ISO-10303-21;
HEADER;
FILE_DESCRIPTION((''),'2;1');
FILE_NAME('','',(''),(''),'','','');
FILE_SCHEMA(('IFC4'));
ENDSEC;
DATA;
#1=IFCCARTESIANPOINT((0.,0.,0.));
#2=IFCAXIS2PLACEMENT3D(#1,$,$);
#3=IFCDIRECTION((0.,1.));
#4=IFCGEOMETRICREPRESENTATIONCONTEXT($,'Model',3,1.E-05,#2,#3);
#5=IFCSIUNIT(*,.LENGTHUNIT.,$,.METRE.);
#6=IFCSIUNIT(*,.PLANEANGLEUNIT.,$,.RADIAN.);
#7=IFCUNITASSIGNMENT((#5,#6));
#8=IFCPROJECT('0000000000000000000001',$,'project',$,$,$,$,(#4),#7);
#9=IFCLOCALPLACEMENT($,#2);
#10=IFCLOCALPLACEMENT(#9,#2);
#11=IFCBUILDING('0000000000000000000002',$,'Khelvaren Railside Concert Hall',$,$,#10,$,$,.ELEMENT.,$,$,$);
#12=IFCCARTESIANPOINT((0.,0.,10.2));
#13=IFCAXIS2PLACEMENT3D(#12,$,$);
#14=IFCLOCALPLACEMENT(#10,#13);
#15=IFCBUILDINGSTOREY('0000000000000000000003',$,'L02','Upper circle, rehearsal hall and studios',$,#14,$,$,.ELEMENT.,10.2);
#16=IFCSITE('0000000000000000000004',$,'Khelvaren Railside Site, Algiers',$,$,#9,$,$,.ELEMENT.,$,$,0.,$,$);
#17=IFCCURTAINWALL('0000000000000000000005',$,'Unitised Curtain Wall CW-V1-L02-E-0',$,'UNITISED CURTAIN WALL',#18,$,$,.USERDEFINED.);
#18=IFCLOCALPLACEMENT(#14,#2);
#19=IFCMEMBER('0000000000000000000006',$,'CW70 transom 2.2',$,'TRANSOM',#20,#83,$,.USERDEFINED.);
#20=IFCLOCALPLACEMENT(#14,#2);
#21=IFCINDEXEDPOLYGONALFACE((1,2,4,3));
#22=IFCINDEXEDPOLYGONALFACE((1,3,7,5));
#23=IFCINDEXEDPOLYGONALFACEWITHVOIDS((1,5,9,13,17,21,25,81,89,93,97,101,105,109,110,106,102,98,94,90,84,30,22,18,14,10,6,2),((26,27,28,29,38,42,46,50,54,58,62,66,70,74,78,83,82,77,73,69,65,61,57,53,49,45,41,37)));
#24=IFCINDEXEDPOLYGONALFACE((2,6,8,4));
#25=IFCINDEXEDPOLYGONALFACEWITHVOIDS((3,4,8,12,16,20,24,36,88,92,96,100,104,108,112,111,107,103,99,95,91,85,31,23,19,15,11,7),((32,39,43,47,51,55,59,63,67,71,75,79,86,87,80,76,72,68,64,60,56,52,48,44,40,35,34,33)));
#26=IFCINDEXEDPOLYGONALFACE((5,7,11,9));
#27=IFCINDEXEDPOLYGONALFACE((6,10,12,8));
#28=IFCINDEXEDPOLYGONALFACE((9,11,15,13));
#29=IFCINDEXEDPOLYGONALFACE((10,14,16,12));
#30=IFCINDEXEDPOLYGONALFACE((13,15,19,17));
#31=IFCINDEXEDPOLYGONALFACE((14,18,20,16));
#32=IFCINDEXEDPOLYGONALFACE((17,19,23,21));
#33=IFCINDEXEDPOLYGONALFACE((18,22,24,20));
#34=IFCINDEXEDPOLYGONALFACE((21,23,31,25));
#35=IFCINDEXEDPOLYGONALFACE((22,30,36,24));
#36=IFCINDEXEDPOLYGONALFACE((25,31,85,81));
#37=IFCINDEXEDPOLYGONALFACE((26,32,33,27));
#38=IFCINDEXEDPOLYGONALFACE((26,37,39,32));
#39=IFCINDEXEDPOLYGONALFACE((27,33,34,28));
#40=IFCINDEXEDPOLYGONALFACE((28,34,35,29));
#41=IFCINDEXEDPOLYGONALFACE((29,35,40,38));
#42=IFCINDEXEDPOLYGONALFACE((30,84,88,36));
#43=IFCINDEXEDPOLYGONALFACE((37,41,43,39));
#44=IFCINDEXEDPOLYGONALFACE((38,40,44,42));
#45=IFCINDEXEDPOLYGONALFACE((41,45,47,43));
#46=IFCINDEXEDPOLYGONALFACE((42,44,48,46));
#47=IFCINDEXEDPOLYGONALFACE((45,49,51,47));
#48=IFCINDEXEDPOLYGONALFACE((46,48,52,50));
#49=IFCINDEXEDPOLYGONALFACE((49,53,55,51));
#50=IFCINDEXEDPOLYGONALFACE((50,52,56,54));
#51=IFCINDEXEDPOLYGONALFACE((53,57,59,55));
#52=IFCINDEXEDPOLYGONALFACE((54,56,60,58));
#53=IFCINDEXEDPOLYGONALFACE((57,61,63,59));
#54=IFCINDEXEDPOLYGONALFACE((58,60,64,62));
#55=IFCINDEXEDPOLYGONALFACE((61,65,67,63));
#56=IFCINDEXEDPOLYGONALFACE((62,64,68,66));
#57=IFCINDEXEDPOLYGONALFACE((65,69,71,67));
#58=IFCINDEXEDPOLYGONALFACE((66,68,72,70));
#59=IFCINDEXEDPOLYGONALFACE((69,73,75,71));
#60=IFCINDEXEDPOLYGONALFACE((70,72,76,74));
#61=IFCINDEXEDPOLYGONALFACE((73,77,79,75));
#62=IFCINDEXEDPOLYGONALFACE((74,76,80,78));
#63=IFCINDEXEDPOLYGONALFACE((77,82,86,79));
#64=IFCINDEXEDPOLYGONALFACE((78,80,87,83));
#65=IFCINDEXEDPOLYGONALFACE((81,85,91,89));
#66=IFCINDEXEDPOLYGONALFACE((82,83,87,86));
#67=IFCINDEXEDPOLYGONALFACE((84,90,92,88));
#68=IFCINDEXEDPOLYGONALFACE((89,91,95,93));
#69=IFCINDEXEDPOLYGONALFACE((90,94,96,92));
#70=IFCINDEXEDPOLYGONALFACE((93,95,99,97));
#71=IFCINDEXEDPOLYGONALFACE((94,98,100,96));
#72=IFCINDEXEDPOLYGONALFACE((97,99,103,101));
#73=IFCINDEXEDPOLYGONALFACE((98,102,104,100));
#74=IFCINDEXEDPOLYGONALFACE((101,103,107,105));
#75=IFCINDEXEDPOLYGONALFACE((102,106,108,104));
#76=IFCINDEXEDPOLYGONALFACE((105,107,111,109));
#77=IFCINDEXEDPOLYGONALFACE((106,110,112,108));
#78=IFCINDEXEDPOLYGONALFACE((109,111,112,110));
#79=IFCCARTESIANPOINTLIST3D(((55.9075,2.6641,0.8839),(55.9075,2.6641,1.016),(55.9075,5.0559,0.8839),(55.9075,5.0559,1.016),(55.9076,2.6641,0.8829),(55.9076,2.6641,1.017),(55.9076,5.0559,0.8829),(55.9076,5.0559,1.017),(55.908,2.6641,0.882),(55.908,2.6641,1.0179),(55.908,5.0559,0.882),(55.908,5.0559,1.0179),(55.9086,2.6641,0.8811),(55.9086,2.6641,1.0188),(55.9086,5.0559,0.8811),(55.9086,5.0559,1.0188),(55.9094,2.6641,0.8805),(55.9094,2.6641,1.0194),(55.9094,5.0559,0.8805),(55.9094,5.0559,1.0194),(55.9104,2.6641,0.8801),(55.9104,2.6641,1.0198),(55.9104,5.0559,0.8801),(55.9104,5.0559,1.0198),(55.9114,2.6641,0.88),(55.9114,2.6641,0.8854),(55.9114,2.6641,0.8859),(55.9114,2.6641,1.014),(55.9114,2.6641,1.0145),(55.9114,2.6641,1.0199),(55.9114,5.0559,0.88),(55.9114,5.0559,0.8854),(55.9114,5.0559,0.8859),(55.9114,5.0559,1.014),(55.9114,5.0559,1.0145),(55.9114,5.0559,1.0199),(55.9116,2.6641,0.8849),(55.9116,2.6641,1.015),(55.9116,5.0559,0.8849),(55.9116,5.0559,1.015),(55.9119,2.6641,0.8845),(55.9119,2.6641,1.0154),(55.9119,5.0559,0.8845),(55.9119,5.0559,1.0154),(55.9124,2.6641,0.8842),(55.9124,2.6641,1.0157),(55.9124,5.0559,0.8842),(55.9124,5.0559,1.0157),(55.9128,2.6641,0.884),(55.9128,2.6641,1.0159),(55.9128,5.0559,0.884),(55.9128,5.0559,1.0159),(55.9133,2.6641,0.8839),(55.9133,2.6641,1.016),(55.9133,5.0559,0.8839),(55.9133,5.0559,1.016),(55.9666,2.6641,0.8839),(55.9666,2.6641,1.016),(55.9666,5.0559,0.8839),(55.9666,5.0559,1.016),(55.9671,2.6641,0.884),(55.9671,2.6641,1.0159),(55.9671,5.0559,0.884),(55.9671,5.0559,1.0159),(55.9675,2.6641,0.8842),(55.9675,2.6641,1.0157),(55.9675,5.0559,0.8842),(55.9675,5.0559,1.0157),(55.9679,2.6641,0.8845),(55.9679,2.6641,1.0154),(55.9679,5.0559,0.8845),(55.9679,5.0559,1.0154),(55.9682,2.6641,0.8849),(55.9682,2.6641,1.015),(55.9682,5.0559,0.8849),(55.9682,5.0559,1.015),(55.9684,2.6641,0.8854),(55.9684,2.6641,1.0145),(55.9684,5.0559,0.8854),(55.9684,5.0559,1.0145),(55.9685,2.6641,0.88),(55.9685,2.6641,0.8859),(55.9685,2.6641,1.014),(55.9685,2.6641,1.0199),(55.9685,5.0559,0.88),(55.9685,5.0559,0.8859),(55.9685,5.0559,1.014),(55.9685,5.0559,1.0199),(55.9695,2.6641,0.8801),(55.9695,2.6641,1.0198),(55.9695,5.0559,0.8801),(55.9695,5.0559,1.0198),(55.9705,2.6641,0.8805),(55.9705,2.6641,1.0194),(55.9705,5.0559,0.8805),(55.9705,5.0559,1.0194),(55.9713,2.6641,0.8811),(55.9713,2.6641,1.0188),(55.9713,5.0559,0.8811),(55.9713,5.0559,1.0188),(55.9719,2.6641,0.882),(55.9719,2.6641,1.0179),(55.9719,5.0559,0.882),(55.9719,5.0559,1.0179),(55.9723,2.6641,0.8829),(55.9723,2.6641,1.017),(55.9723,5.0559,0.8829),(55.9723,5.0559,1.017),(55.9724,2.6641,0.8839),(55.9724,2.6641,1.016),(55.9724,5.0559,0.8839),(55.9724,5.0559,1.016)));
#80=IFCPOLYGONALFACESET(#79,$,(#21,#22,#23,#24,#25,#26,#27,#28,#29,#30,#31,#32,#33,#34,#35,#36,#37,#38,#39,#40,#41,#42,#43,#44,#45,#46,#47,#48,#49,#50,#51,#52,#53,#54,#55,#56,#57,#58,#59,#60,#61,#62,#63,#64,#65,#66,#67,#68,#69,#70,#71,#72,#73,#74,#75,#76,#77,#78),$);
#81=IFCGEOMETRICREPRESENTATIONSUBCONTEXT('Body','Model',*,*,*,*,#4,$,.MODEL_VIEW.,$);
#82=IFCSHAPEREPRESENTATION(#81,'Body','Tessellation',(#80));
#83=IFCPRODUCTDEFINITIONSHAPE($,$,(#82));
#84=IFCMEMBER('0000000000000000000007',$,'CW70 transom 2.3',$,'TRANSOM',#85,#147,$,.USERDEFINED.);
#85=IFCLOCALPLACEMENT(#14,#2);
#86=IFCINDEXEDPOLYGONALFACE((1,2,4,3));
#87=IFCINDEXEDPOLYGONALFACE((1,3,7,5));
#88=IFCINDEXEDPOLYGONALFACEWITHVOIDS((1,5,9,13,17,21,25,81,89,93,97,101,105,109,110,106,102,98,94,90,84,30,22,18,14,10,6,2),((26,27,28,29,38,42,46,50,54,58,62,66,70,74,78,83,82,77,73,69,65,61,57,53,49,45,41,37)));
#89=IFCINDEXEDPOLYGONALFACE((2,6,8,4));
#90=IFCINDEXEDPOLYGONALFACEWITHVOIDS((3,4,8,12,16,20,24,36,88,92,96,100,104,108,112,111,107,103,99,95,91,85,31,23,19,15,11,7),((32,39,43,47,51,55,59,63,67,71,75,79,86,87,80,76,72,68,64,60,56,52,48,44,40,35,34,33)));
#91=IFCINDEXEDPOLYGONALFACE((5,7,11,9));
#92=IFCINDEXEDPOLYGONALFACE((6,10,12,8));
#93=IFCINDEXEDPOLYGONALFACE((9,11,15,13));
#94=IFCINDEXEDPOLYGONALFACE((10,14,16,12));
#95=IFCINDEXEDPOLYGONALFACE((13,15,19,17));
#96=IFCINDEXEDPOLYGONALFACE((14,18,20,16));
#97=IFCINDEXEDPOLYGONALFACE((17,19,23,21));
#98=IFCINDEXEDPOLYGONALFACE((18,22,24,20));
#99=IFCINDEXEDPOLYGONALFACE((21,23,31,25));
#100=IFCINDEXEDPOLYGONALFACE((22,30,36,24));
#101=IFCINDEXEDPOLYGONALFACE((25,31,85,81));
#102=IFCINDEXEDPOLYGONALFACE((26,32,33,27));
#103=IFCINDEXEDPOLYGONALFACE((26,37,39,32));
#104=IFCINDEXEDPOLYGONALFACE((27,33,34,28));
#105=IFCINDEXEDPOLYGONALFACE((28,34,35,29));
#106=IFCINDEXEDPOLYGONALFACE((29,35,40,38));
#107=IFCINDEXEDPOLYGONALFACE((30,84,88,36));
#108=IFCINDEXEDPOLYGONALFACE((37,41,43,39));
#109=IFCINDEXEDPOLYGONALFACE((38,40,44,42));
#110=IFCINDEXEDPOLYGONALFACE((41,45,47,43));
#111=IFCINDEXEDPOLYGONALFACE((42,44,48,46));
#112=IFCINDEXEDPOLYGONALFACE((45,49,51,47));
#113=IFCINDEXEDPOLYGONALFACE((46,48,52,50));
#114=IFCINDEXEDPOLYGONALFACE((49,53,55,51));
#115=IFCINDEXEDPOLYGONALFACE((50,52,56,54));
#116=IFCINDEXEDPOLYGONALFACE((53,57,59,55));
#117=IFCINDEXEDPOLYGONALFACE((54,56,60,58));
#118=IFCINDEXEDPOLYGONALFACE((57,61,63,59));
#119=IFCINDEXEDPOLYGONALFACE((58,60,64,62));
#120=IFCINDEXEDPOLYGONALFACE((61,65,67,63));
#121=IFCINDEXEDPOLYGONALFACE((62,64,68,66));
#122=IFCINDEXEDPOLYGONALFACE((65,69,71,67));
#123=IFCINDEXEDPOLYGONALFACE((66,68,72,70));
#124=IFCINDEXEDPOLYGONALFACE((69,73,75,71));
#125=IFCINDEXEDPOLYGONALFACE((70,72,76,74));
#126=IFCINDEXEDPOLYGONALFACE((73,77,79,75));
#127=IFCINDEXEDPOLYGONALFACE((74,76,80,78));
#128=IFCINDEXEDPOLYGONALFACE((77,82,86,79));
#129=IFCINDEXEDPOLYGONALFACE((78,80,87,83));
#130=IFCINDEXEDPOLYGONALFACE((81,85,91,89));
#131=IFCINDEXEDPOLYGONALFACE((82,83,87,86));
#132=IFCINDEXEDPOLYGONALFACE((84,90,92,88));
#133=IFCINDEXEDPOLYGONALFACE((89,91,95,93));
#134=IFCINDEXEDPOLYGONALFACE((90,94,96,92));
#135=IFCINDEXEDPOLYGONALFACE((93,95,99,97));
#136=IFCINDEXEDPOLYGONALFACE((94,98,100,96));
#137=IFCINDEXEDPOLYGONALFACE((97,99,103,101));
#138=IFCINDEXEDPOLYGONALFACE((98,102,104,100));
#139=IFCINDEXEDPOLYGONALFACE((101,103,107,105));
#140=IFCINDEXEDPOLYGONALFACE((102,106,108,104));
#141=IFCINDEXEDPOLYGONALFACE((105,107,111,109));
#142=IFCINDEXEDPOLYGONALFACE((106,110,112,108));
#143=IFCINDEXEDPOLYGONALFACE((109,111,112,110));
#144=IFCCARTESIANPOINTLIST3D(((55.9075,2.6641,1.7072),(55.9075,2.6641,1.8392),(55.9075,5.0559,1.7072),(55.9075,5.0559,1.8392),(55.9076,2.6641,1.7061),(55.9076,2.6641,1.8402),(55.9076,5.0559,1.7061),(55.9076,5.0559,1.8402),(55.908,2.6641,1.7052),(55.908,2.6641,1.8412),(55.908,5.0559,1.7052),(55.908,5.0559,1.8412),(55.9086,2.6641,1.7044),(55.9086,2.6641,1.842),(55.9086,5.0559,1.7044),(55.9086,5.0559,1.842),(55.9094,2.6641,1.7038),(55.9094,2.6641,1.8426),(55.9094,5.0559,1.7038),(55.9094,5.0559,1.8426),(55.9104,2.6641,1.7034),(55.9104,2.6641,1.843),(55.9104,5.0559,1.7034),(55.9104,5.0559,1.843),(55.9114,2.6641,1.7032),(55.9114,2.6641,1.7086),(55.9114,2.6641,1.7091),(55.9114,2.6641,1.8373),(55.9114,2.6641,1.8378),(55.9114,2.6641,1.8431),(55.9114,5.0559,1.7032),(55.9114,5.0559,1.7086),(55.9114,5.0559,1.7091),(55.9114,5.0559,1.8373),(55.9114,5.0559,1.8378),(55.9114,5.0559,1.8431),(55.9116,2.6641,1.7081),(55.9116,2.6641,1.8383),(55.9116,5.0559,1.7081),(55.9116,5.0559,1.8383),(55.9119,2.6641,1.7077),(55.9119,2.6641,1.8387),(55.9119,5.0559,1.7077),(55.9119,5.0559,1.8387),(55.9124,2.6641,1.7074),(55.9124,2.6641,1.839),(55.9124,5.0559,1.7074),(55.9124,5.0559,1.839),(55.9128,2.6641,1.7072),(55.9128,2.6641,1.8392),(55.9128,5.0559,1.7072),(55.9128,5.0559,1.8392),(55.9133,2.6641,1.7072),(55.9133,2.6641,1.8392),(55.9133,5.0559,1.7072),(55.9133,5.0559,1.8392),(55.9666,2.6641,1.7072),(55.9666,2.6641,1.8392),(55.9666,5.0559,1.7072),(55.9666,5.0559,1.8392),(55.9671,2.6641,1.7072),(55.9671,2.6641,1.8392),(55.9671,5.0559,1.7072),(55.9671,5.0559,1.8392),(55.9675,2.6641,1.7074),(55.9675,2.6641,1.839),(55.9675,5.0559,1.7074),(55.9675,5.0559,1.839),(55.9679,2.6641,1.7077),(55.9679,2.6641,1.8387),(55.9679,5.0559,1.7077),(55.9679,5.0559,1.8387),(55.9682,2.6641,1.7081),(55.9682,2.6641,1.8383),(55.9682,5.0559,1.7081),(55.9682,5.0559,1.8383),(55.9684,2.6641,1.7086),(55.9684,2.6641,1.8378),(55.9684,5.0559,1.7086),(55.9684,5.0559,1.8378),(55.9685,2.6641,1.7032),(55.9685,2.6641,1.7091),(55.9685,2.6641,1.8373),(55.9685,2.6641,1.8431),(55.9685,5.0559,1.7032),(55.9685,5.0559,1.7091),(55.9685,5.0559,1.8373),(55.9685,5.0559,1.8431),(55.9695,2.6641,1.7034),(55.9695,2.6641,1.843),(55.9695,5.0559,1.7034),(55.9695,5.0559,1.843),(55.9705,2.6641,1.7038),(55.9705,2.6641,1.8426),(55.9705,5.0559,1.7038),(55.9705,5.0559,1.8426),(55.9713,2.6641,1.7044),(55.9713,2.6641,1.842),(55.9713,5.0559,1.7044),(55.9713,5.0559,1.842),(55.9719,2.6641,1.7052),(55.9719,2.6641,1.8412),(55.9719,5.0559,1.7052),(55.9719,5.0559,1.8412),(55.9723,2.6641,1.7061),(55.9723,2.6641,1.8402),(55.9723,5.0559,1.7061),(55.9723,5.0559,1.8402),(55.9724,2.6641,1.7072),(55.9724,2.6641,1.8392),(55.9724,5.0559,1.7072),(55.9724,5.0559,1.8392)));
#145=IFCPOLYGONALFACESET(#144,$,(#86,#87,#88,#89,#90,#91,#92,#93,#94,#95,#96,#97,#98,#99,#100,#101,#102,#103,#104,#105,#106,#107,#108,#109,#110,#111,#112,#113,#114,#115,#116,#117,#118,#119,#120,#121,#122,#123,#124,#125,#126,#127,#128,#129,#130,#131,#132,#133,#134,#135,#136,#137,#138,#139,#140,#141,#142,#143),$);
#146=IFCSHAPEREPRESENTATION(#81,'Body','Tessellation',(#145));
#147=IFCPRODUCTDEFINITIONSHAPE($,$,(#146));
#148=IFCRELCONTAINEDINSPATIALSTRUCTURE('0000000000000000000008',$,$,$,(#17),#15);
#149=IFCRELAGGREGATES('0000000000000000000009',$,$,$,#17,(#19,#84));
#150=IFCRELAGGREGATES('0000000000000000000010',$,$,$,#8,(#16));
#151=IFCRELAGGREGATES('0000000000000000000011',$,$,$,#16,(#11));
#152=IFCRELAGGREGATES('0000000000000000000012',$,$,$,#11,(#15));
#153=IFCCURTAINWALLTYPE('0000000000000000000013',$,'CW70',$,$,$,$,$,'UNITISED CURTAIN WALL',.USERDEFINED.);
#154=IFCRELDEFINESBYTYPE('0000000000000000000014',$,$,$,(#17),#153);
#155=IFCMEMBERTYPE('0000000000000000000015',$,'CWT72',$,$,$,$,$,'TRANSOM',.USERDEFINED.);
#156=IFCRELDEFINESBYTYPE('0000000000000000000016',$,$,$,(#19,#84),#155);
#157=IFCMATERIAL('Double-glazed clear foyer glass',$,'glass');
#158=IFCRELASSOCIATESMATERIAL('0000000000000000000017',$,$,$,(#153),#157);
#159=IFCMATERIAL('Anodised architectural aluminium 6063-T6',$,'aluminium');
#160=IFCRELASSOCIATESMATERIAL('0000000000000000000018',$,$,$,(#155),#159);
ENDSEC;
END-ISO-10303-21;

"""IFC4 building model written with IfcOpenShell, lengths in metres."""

from ifc_helpers import new_model, si_unit, direction, frame, origin, origin_2d, place, context, subcontext, project, spatial, hollow_rectangle, extrude, material, material_profile, profile_set, type_object, element, aggregate, save


model = new_model("IFC4")

# Units and contexts
model_context = context("Model", 3, precision=1e-05, world=origin(), true_north=direction((0.0, 1.0)))
body_context = subcontext(model_context, "Body", "Model", "MODEL_VIEW")
ifc_project = project(units=[si_unit("LENGTHUNIT", "METRE"), si_unit("PLANEANGLEUNIT", "RADIAN")], contexts=[model_context])

# Site, building, storey
site_placement = place(None, origin())
site = spatial("IfcSite", under=ifc_project, at=site_placement, Name="Khelvaren Railside Site, Algiers", CompositionType="ELEMENT", RefElevation=0.0)
building_placement = place(site_placement, origin())
building = spatial("IfcBuilding", under=site, at=building_placement, Name="Khelvaren Railside Concert Hall", CompositionType="ELEMENT")
storey_placement = place(building_placement, frame((0.0, 0.0, 10.2)))
storey = spatial("IfcBuildingStorey", under=building, at=storey_placement, Name="L02", Description="Upper circle, rehearsal hall and studios", CompositionType="ELEMENT", Elevation=10.2)

# Curtain wall, members
ifc_material_1 = material(Name="Double-glazed clear foyer glass", Category="glass")
curtain_wall_type = type_object("IfcCurtainWallType", Name="CW70", ElementType="UNITISED CURTAIN WALL", PredefinedType="USERDEFINED", material=ifc_material_1)
curtain_wall_placement = place(storey_placement, origin())
curtain_wall = element("IfcCurtainWall", 1, at=curtain_wall_placement, inside=storey, type_object=curtain_wall_type, Name="Unitised Curtain Wall CW-V1-L02-E-0", ObjectType="UNITISED CURTAIN WALL", PredefinedType="USERDEFINED")
ifc_material_2 = material(Name="Anodised architectural aluminium 6063-T6", Category="aluminium")
ifc_material_profile_1 = material_profile(ifc_material_2, hollow_rectangle(XDim=0.0649, YDim=0.1399, WallThickness=0.0039, InnerFilletRadius=0.002, OuterFilletRadius=0.0039, at=origin_2d()), Name="CWT 65x140x4")
ifc_profile_set_1 = profile_set([ifc_material_profile_1], Name="Anodised architectural aluminium 6063-T6")
member_type_1 = type_object("IfcMemberType", Name="CWT72", ElementType="TRANSOM", PredefinedType="USERDEFINED", material=ifc_profile_set_1)
member_1_placement = place(storey_placement, frame((55.9399, 5.0559, 0.95), z_axis=(0.0, -1.0, 0.0), x_axis=(1.0, 0.0, 0.0)))
member_1 = element("IfcMember", 2, at=member_1_placement, type_object=member_type_1, Name="CW70 transom 2.2", ObjectType="TRANSOM", PredefinedType="USERDEFINED", context=body_context, shape_type="SweptSolid", body=[
    extrude(hollow_rectangle(XDim=0.0649, YDim=0.1399, WallThickness=0.0039, InnerFilletRadius=0.002, OuterFilletRadius=0.0039, at=origin_2d()), origin(), (0.0, 0.0, 1.0), 2.3918),
])
member_2_placement = place(storey_placement, frame((55.9399, 5.0559, 1.7732), z_axis=(0.0, -1.0, 0.0), x_axis=(1.0, 0.0, 0.0)))
member_2 = element("IfcMember", 3, at=member_2_placement, type_object=member_type_1, Name="CW70 transom 2.3", ObjectType="TRANSOM", PredefinedType="USERDEFINED", context=body_context, shape_type="SweptSolid", body=[
    extrude(hollow_rectangle(XDim=0.0649, YDim=0.1399, WallThickness=0.0039, InnerFilletRadius=0.002, OuterFilletRadius=0.0039, at=origin_2d()), origin(), (0.0, 0.0, 1.0), 2.3918),
])
aggregate(curtain_wall, [member_1, member_2])

save(model, "model.ifc")
